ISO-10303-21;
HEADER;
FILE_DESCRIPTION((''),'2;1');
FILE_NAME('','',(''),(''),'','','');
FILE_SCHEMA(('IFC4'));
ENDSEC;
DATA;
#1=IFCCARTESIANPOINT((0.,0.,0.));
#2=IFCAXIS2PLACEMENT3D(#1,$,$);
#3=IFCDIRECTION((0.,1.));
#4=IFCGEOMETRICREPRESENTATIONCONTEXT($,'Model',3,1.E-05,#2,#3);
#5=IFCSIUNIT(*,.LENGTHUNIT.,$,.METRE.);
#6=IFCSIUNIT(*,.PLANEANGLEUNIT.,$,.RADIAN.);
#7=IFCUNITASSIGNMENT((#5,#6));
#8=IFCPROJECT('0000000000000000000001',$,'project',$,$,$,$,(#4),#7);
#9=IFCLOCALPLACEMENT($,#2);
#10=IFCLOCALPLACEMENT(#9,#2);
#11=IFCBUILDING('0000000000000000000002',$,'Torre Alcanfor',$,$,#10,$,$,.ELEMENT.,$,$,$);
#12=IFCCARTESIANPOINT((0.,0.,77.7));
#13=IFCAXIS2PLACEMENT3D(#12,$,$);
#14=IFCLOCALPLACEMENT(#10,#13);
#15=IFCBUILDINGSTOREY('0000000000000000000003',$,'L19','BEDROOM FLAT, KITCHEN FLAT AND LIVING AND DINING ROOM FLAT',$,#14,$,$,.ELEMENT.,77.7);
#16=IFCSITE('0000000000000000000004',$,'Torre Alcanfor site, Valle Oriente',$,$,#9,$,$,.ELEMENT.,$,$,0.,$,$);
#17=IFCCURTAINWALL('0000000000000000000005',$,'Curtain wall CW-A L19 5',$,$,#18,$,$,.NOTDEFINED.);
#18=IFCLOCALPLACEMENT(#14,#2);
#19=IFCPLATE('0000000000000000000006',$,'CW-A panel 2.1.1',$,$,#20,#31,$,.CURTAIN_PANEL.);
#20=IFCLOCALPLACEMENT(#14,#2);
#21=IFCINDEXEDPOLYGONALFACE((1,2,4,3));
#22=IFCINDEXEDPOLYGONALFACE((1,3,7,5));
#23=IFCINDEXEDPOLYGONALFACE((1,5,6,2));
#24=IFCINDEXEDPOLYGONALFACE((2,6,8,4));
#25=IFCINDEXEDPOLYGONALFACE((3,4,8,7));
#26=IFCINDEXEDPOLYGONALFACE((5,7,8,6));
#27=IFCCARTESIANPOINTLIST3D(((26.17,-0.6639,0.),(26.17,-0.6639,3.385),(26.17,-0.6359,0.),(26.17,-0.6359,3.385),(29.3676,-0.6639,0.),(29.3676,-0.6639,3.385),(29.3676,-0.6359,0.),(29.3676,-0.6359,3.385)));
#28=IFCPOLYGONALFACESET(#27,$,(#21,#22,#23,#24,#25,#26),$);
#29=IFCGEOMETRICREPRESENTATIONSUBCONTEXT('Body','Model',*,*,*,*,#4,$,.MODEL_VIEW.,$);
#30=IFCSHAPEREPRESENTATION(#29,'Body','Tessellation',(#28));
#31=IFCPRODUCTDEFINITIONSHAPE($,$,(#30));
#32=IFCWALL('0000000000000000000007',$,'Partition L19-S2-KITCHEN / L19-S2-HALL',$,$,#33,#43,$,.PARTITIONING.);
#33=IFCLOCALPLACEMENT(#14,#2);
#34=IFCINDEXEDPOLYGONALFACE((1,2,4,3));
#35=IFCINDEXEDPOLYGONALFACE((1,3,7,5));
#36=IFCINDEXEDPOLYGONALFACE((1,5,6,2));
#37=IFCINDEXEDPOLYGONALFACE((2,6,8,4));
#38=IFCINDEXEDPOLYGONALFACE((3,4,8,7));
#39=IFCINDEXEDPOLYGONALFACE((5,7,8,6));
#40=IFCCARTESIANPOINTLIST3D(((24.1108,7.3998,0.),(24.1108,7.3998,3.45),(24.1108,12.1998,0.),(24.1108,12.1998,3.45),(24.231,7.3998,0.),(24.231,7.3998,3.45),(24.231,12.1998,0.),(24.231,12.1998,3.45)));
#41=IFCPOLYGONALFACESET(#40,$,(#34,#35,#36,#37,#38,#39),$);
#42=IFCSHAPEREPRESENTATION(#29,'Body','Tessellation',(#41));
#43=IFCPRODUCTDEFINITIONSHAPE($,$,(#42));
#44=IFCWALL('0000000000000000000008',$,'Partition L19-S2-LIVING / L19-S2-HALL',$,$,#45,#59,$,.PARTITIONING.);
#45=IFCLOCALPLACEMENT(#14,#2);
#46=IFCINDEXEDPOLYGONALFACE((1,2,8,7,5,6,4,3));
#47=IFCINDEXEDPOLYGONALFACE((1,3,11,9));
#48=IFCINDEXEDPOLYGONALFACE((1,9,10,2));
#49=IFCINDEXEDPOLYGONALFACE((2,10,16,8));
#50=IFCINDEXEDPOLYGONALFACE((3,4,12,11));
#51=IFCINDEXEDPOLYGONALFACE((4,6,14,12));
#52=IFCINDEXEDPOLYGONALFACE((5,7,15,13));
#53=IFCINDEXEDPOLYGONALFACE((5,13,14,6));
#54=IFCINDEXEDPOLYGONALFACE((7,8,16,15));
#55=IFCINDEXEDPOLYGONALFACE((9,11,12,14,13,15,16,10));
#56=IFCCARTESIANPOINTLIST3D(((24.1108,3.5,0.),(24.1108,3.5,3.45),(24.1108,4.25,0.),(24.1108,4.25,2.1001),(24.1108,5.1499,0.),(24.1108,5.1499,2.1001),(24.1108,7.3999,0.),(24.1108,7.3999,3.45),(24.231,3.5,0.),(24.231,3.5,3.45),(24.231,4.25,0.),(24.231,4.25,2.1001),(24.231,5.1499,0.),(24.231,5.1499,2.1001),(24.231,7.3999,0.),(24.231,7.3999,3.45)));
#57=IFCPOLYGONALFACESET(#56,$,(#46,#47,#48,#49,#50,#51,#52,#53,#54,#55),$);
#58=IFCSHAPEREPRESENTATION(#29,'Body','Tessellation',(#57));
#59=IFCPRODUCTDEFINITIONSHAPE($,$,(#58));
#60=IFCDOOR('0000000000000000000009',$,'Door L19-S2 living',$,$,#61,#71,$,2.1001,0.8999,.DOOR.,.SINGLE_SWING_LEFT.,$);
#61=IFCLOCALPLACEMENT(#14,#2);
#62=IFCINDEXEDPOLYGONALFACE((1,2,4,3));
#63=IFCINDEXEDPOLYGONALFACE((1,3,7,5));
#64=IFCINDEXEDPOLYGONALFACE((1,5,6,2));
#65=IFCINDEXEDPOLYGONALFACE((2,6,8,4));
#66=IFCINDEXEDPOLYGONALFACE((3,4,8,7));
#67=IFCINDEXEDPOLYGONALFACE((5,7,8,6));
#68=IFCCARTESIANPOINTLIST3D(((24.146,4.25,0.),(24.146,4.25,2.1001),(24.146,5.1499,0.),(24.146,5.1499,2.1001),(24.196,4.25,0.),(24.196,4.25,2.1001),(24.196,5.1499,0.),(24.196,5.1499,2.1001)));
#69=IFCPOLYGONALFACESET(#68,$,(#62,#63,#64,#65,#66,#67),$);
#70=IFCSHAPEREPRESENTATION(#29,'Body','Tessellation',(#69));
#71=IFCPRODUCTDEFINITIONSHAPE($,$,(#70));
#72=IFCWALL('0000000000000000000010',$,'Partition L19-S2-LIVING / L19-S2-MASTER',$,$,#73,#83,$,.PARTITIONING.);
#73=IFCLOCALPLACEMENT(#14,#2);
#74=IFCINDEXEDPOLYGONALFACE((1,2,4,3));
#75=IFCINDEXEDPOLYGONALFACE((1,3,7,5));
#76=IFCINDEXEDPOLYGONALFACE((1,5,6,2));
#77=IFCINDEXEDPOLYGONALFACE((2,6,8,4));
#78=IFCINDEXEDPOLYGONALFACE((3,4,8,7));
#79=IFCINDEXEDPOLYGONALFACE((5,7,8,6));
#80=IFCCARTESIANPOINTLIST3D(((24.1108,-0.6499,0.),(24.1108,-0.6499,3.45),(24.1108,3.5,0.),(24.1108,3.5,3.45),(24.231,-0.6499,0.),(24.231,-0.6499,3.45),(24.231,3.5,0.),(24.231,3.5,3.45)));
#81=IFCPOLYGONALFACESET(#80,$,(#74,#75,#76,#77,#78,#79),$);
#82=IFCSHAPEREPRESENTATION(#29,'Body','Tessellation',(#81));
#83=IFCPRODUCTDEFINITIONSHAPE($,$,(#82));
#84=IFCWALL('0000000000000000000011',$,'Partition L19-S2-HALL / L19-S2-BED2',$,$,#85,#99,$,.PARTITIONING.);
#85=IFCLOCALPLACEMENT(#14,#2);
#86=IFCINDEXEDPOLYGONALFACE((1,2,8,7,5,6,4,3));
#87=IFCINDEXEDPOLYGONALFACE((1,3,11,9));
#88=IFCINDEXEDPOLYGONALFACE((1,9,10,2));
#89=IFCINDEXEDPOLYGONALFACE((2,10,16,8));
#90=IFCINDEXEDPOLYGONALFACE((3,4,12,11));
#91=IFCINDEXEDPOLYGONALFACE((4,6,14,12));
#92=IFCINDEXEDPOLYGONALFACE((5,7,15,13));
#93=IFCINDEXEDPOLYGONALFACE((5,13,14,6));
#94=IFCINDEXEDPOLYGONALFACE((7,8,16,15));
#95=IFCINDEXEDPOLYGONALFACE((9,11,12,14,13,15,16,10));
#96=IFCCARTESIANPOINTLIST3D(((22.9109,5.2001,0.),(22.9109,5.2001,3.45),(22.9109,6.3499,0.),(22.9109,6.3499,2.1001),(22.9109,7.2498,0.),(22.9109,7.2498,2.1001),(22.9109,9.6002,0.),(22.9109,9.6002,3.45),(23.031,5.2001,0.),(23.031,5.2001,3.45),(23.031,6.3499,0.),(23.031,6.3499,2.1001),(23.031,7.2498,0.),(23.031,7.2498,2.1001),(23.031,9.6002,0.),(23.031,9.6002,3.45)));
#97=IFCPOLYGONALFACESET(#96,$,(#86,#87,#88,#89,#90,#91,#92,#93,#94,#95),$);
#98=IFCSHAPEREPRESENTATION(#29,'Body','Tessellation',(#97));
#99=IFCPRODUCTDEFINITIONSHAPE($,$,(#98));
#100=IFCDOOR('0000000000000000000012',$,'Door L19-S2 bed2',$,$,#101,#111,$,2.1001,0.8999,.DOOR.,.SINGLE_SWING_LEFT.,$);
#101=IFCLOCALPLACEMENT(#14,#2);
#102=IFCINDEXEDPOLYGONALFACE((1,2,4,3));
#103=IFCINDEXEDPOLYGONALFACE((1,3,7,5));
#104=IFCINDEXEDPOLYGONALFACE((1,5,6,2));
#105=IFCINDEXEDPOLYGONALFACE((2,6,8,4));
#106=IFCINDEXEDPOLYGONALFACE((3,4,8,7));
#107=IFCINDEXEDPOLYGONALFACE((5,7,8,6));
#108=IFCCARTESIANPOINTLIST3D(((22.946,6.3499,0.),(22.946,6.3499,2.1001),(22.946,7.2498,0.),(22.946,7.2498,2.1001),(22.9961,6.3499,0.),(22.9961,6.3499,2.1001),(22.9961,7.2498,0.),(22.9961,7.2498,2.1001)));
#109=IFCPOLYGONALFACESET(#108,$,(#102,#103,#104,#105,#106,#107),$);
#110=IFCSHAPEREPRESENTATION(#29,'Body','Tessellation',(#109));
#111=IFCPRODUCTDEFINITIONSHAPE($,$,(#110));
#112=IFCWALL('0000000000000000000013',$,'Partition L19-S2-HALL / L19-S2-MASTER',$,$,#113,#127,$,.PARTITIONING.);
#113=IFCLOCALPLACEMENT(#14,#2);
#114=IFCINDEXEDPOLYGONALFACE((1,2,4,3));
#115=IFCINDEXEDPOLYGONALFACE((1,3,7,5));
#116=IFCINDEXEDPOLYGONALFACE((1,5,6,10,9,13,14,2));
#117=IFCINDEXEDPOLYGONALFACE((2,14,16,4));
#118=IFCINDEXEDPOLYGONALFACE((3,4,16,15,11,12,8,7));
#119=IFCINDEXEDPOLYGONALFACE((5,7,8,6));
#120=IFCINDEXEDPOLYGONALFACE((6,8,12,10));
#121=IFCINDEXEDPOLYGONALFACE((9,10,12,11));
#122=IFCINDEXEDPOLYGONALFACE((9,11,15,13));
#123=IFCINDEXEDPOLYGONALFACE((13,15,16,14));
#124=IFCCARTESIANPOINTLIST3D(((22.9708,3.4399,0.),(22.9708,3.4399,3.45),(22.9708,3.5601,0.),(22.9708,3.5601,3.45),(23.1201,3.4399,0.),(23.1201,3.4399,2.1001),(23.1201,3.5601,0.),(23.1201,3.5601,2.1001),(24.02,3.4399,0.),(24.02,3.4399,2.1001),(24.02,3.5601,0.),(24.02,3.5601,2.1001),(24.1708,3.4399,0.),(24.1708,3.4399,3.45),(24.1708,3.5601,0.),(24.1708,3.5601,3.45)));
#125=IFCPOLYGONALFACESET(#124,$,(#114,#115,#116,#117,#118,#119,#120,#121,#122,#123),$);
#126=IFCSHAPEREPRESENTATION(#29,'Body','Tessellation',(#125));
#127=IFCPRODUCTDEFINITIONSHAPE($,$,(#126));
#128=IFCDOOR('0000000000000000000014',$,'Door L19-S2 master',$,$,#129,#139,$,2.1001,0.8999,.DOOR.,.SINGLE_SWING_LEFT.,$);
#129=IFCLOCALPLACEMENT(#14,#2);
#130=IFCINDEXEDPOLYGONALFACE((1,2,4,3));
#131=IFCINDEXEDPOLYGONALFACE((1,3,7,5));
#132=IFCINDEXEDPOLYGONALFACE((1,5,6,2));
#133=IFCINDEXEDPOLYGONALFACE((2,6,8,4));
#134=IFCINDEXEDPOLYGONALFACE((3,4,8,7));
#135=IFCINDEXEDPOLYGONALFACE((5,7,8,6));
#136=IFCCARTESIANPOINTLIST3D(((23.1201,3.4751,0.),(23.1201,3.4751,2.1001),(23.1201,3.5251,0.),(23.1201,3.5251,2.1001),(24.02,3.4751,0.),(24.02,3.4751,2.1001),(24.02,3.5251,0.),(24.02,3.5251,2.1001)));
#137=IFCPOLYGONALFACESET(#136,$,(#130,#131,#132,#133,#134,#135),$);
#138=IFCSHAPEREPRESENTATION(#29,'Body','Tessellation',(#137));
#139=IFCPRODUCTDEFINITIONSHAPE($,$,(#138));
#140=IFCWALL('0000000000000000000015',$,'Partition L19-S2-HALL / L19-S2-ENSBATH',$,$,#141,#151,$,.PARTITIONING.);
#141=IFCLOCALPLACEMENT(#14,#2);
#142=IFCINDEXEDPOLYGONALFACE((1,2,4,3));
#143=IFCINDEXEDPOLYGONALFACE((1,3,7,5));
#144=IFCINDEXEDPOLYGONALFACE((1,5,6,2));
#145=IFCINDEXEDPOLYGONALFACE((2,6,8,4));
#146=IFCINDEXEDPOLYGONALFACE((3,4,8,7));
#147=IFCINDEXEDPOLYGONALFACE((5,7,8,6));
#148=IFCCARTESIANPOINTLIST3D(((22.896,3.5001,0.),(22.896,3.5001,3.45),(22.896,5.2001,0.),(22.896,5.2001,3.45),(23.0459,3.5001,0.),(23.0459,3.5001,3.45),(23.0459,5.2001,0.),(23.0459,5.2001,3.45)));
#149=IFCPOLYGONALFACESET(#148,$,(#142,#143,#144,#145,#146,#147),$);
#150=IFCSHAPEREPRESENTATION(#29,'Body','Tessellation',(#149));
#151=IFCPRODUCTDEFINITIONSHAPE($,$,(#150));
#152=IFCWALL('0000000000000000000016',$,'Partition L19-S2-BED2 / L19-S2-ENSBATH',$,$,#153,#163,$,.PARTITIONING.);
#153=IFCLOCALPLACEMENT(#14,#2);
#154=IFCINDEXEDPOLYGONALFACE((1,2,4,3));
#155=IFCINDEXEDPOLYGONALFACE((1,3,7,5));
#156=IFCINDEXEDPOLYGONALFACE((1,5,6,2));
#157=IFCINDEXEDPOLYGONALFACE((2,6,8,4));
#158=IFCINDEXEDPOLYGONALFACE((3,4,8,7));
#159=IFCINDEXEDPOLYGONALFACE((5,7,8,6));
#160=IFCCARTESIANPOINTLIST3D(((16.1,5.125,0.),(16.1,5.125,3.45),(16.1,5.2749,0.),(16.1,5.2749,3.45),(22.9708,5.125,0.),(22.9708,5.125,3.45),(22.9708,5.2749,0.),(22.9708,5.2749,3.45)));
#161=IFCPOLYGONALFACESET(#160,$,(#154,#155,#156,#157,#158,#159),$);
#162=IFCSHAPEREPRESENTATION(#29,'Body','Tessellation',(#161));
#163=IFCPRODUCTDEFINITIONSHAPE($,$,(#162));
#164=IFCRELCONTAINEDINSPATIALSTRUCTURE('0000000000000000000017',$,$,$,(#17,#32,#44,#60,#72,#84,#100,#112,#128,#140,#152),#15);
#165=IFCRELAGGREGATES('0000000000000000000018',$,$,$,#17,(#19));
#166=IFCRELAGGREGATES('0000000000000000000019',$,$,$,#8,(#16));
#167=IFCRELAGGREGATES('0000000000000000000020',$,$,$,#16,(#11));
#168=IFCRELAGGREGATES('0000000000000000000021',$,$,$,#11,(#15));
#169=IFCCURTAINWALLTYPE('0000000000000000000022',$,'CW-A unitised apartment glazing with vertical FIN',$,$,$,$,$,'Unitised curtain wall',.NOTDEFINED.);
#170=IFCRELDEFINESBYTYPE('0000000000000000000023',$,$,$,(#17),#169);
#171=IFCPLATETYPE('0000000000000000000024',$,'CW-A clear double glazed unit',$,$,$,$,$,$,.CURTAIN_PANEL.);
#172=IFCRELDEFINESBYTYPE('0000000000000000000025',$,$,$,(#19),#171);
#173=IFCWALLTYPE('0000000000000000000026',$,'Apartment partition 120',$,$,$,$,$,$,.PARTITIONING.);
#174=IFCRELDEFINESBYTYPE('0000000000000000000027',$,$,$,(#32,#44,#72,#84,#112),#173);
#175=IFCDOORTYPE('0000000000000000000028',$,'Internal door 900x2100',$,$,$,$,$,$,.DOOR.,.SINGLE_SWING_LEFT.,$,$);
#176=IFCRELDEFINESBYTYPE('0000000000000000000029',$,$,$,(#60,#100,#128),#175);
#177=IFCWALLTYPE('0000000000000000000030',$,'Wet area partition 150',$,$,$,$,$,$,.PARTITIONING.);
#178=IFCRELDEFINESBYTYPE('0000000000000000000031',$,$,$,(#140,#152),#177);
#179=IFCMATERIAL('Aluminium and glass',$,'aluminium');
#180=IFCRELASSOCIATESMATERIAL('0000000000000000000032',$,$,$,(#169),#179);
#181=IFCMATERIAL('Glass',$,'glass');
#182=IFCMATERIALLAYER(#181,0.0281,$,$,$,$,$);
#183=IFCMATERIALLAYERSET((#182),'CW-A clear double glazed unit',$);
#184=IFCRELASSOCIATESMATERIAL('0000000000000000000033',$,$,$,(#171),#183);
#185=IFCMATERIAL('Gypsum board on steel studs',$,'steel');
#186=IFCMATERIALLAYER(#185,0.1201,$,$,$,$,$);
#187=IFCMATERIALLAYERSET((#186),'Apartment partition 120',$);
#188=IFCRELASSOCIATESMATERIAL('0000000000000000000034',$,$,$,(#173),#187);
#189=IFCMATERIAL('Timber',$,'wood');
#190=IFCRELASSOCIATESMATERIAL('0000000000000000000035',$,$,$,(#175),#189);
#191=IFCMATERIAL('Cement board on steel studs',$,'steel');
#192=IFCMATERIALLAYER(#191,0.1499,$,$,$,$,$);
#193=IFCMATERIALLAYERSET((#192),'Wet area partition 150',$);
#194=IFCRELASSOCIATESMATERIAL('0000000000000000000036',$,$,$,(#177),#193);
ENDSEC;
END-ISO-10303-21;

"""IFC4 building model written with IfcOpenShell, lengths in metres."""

from ifc_helpers import new_model, si_unit, direction, frame, frame_2d, origin, origin_2d, place, context, subcontext, project, spatial, rectangle, extrude, material, layer, layer_set, type_object, element, fill, aggregate, save


model = new_model("IFC4")

# Units and contexts
model_context = context("Model", 3, precision=1e-05, world=origin(), true_north=direction((0.0, 1.0)))
body_context = subcontext(model_context, "Body", "Model", "MODEL_VIEW")
ifc_project = project(units=[si_unit("LENGTHUNIT", "METRE"), si_unit("PLANEANGLEUNIT", "RADIAN")], contexts=[model_context])

# Site, building, storey
site_placement = place(None, origin())
site = spatial("IfcSite", under=ifc_project, at=site_placement, Name="Torre Alcanfor site, Valle Oriente", CompositionType="ELEMENT", RefElevation=0.0)
building_placement = place(site_placement, origin())
building = spatial("IfcBuilding", under=site, at=building_placement, Name="Torre Alcanfor", CompositionType="ELEMENT")
storey_placement = place(building_placement, frame((0.0, 0.0, 77.7)))
storey = spatial("IfcBuildingStorey", under=building, at=storey_placement, Name="L19", Description="BEDROOM FLAT, KITCHEN FLAT AND LIVING AND DINING ROOM FLAT", CompositionType="ELEMENT", Elevation=77.7)

# Curtain wall
ifc_material_1 = material(Name="Aluminium and glass", Category="aluminium")
curtain_wall_type = type_object("IfcCurtainWallType", Name="CW-A unitised apartment glazing with vertical FIN", ElementType="Unitised curtain wall", PredefinedType="NOTDEFINED", material=ifc_material_1)
curtain_wall_placement = place(storey_placement, origin())
curtain_wall = element("IfcCurtainWall", 1, at=curtain_wall_placement, inside=storey, type_object=curtain_wall_type, Name="Curtain wall CW-A L19 5", PredefinedType="NOTDEFINED")

# Plate
ifc_material_2 = material(Name="Glass", Category="glass")
ifc_layer_1 = layer(ifc_material_2, 0.0281)
ifc_layer_set_1 = layer_set([ifc_layer_1], Name="CW-A clear double glazed unit")
plate_type = type_object("IfcPlateType", Name="CW-A clear double glazed unit", PredefinedType="CURTAIN_PANEL", material=ifc_layer_set_1)
plate_1_placement = place(storey_placement, frame((27.7688, -0.6499, 0.0), z_axis=(0.0, 0.0, 1.0), x_axis=(1.0, 0.0, 0.0)))
plate_1 = element("IfcPlate", 2, at=plate_1_placement, type_object=plate_type, Name="CW-A panel 2.1.1", PredefinedType="CURTAIN_PANEL", context=body_context, shape_type="SweptSolid", body=[
    extrude(rectangle(XDim=3.1975, YDim=0.0281, at=origin_2d()), origin(), (0.0, 0.0, 1.0), 3.385),
])
aggregate(curtain_wall, [plate_1])

# Wall
ifc_material_3 = material(Name="Gypsum board on steel studs", Category="steel")
ifc_layer_2 = layer(ifc_material_3, 0.1201)
ifc_layer_set_2 = layer_set([ifc_layer_2], Name="Apartment partition 120")
wall_type_1 = type_object("IfcWallType", Name="Apartment partition 120", PredefinedType="PARTITIONING", material=ifc_layer_set_2)
wall_1_placement = place(storey_placement, frame((24.1709, 7.3999, 0.0), z_axis=(0.0, 0.0, 1.0), x_axis=(0.0, 1.0, 0.0)))
element("IfcWall", 3, at=wall_1_placement, inside=storey, type_object=wall_type_1, Name="Partition L19-S2-KITCHEN / L19-S2-HALL", PredefinedType="PARTITIONING", context=body_context, shape_type="SweptSolid", body=[
    extrude(rectangle(XDim=4.8, YDim=0.1201, at=frame_2d((2.3999, 0.0))), origin(), (0.0, 0.0, 1.0), 3.45),
])

# Wall, opening, door
wall_2_placement = place(storey_placement, frame((24.1709, 3.5, 0.0), z_axis=(0.0, 0.0, 1.0), x_axis=(0.0, 1.0, 0.0)))
wall_2 = element("IfcWall", 4, at=wall_2_placement, inside=storey, type_object=wall_type_1, Name="Partition L19-S2-LIVING / L19-S2-HALL", PredefinedType="PARTITIONING", context=body_context, shape_type="SweptSolid", body=[
    extrude(rectangle(XDim=3.8999, YDim=0.1201, at=frame_2d((1.95, 0.0))), origin(), (0.0, 0.0, 1.0), 3.45),
])
opening_1_placement = place(wall_2_placement, frame((0.75, 0.0, 0.0)))
opening_1 = element("IfcOpeningElement", 5, at=opening_1_placement, cuts=wall_2, PredefinedType="OPENING", context=body_context, shape_type="SweptSolid", body=[
    extrude(rectangle(XDim=0.8999, YDim=2.1001, at=frame_2d((0.45, 1.05))), frame((0.0, 0.0701, 0.0), z_axis=(0.0, -1.0, 0.0), x_axis=(1.0, 0.0, 0.0)), (0.0, 0.0, 1.0), 0.1401),
])
ifc_material_4 = material(Name="Timber", Category="wood")
door_type_1 = type_object("IfcDoorType", Name="Internal door 900x2100", OperationType="SINGLE_SWING_LEFT", PredefinedType="DOOR", material=ifc_material_4)
door_1_placement = place(opening_1_placement, frame((0.8999, 0.0, 0.0), z_axis=(0.0, 0.0, 1.0), x_axis=(-1.0, 0.0, 0.0)))
door_1 = element("IfcDoor", 6, at=door_1_placement, inside=storey, type_object=door_type_1, Name="Door L19-S2 living", OperationType="SINGLE_SWING_LEFT", OverallHeight=2.1001, OverallWidth=0.8999, PredefinedType="DOOR", context=body_context, shape_type="SweptSolid", body=[
    extrude(rectangle(XDim=0.8999, YDim=2.1001, at=frame_2d((0.45, 1.05))), frame((0.0, 0.0251, 0.0), z_axis=(0.0, -1.0, 0.0), x_axis=(1.0, 0.0, 0.0)), (0.0, 0.0, 1.0), 0.05),
])
fill(opening_1, door_1)

# Wall
wall_3_placement = place(storey_placement, frame((24.1709, -0.6499, 0.0), z_axis=(0.0, 0.0, 1.0), x_axis=(0.0, 1.0, 0.0)))
element("IfcWall", 7, at=wall_3_placement, inside=storey, type_object=wall_type_1, Name="Partition L19-S2-LIVING / L19-S2-MASTER", PredefinedType="PARTITIONING", context=body_context, shape_type="SweptSolid", body=[
    extrude(rectangle(XDim=4.1499, YDim=0.1201, at=frame_2d((2.075, 0.0))), origin(), (0.0, 0.0, 1.0), 3.45),
])

# Walls, openings, doors
wall_4_placement = place(storey_placement, frame((22.9709, 5.2, 0.0), z_axis=(0.0, 0.0, 1.0), x_axis=(0.0, 1.0, 0.0)))
wall_4 = element("IfcWall", 8, at=wall_4_placement, inside=storey, type_object=wall_type_1, Name="Partition L19-S2-HALL / L19-S2-BED2", PredefinedType="PARTITIONING", context=body_context, shape_type="SweptSolid", body=[
    extrude(rectangle(XDim=4.4001, YDim=0.1201, at=frame_2d((2.2002, 0.0))), origin(), (0.0, 0.0, 1.0), 3.45),
])
opening_2_placement = place(wall_4_placement, frame((1.1499, 0.0, 0.0)))
opening_2 = element("IfcOpeningElement", 9, at=opening_2_placement, cuts=wall_4, PredefinedType="OPENING", context=body_context, shape_type="SweptSolid", body=[
    extrude(rectangle(XDim=0.8999, YDim=2.1001, at=frame_2d((0.45, 1.05))), frame((0.0, 0.0701, 0.0), z_axis=(0.0, -1.0, 0.0), x_axis=(1.0, 0.0, 0.0)), (0.0, 0.0, 1.0), 0.1401),
])
door_2_placement = place(opening_2_placement, origin())
door_2 = element("IfcDoor", 10, at=door_2_placement, inside=storey, type_object=door_type_1, Name="Door L19-S2 bed2", OperationType="SINGLE_SWING_LEFT", OverallHeight=2.1001, OverallWidth=0.8999, PredefinedType="DOOR", context=body_context, shape_type="SweptSolid", body=[
    extrude(rectangle(XDim=0.8999, YDim=2.1001, at=frame_2d((0.45, 1.05))), frame((0.0, 0.0249, 0.0), z_axis=(0.0, -1.0, 0.0), x_axis=(1.0, 0.0, 0.0)), (0.0, 0.0, 1.0), 0.05),
])
fill(opening_2, door_2)
wall_5_placement = place(storey_placement, frame((24.1709, 3.5, 0.0), z_axis=(0.0, 0.0, 1.0), x_axis=(-1.0, 0.0, 0.0)))
wall_5 = element("IfcWall", 11, at=wall_5_placement, inside=storey, type_object=wall_type_1, Name="Partition L19-S2-HALL / L19-S2-MASTER", PredefinedType="PARTITIONING", context=body_context, shape_type="SweptSolid", body=[
    extrude(rectangle(XDim=1.2, YDim=0.1201, at=frame_2d((0.6001, 0.0))), origin(), (0.0, 0.0, 1.0), 3.45),
])
opening_3_placement = place(wall_5_placement, frame((0.1509, 0.0, 0.0)))
opening_3 = element("IfcOpeningElement", 12, at=opening_3_placement, cuts=wall_5, PredefinedType="OPENING", context=body_context, shape_type="SweptSolid", body=[
    extrude(rectangle(XDim=0.8999, YDim=2.1001, at=frame_2d((0.45, 1.05))), frame((0.0, 0.0701, 0.0), z_axis=(0.0, -1.0, 0.0), x_axis=(1.0, 0.0, 0.0)), (0.0, 0.0, 1.0), 0.1401),
])
door_3_placement = place(opening_3_placement, origin())
door_3 = element("IfcDoor", 13, at=door_3_placement, inside=storey, type_object=door_type_1, Name="Door L19-S2 master", OperationType="SINGLE_SWING_LEFT", OverallHeight=2.1001, OverallWidth=0.8999, PredefinedType="DOOR", context=body_context, shape_type="SweptSolid", body=[
    extrude(rectangle(XDim=0.8999, YDim=2.1001, at=frame_2d((0.45, 1.05))), frame((0.0, 0.0249, 0.0), z_axis=(0.0, -1.0, 0.0), x_axis=(1.0, 0.0, 0.0)), (0.0, 0.0, 1.0), 0.05),
])
fill(opening_3, door_3)

# Walls
ifc_material_5 = material(Name="Cement board on steel studs", Category="steel")
ifc_layer_3 = layer(ifc_material_5, 0.1499)
ifc_layer_set_3 = layer_set([ifc_layer_3], Name="Wet area partition 150")
wall_type_2 = type_object("IfcWallType", Name="Wet area partition 150", PredefinedType="PARTITIONING", material=ifc_layer_set_3)
wall_6_placement = place(storey_placement, frame((22.9709, 3.5, 0.0), z_axis=(0.0, 0.0, 1.0), x_axis=(0.0, 1.0, 0.0)))
element("IfcWall", 14, at=wall_6_placement, inside=storey, type_object=wall_type_2, Name="Partition L19-S2-HALL / L19-S2-ENSBATH", PredefinedType="PARTITIONING", context=body_context, shape_type="SweptSolid", body=[
    extrude(rectangle(XDim=1.7, YDim=0.1499, at=frame_2d((0.8501, 0.0))), origin(), (0.0, 0.0, 1.0), 3.45),
])
wall_7_placement = place(storey_placement, frame((22.9709, 5.2, 0.0), z_axis=(0.0, 0.0, 1.0), x_axis=(-1.0, 0.0, 0.0)))
element("IfcWall", 15, at=wall_7_placement, inside=storey, type_object=wall_type_2, Name="Partition L19-S2-BED2 / L19-S2-ENSBATH", PredefinedType="PARTITIONING", context=body_context, shape_type="SweptSolid", body=[
    extrude(rectangle(XDim=6.8708, YDim=0.1499, at=frame_2d((3.4355, 0.0))), origin(), (0.0, 0.0, 1.0), 3.45),
])

save(model, "model.ifc")
